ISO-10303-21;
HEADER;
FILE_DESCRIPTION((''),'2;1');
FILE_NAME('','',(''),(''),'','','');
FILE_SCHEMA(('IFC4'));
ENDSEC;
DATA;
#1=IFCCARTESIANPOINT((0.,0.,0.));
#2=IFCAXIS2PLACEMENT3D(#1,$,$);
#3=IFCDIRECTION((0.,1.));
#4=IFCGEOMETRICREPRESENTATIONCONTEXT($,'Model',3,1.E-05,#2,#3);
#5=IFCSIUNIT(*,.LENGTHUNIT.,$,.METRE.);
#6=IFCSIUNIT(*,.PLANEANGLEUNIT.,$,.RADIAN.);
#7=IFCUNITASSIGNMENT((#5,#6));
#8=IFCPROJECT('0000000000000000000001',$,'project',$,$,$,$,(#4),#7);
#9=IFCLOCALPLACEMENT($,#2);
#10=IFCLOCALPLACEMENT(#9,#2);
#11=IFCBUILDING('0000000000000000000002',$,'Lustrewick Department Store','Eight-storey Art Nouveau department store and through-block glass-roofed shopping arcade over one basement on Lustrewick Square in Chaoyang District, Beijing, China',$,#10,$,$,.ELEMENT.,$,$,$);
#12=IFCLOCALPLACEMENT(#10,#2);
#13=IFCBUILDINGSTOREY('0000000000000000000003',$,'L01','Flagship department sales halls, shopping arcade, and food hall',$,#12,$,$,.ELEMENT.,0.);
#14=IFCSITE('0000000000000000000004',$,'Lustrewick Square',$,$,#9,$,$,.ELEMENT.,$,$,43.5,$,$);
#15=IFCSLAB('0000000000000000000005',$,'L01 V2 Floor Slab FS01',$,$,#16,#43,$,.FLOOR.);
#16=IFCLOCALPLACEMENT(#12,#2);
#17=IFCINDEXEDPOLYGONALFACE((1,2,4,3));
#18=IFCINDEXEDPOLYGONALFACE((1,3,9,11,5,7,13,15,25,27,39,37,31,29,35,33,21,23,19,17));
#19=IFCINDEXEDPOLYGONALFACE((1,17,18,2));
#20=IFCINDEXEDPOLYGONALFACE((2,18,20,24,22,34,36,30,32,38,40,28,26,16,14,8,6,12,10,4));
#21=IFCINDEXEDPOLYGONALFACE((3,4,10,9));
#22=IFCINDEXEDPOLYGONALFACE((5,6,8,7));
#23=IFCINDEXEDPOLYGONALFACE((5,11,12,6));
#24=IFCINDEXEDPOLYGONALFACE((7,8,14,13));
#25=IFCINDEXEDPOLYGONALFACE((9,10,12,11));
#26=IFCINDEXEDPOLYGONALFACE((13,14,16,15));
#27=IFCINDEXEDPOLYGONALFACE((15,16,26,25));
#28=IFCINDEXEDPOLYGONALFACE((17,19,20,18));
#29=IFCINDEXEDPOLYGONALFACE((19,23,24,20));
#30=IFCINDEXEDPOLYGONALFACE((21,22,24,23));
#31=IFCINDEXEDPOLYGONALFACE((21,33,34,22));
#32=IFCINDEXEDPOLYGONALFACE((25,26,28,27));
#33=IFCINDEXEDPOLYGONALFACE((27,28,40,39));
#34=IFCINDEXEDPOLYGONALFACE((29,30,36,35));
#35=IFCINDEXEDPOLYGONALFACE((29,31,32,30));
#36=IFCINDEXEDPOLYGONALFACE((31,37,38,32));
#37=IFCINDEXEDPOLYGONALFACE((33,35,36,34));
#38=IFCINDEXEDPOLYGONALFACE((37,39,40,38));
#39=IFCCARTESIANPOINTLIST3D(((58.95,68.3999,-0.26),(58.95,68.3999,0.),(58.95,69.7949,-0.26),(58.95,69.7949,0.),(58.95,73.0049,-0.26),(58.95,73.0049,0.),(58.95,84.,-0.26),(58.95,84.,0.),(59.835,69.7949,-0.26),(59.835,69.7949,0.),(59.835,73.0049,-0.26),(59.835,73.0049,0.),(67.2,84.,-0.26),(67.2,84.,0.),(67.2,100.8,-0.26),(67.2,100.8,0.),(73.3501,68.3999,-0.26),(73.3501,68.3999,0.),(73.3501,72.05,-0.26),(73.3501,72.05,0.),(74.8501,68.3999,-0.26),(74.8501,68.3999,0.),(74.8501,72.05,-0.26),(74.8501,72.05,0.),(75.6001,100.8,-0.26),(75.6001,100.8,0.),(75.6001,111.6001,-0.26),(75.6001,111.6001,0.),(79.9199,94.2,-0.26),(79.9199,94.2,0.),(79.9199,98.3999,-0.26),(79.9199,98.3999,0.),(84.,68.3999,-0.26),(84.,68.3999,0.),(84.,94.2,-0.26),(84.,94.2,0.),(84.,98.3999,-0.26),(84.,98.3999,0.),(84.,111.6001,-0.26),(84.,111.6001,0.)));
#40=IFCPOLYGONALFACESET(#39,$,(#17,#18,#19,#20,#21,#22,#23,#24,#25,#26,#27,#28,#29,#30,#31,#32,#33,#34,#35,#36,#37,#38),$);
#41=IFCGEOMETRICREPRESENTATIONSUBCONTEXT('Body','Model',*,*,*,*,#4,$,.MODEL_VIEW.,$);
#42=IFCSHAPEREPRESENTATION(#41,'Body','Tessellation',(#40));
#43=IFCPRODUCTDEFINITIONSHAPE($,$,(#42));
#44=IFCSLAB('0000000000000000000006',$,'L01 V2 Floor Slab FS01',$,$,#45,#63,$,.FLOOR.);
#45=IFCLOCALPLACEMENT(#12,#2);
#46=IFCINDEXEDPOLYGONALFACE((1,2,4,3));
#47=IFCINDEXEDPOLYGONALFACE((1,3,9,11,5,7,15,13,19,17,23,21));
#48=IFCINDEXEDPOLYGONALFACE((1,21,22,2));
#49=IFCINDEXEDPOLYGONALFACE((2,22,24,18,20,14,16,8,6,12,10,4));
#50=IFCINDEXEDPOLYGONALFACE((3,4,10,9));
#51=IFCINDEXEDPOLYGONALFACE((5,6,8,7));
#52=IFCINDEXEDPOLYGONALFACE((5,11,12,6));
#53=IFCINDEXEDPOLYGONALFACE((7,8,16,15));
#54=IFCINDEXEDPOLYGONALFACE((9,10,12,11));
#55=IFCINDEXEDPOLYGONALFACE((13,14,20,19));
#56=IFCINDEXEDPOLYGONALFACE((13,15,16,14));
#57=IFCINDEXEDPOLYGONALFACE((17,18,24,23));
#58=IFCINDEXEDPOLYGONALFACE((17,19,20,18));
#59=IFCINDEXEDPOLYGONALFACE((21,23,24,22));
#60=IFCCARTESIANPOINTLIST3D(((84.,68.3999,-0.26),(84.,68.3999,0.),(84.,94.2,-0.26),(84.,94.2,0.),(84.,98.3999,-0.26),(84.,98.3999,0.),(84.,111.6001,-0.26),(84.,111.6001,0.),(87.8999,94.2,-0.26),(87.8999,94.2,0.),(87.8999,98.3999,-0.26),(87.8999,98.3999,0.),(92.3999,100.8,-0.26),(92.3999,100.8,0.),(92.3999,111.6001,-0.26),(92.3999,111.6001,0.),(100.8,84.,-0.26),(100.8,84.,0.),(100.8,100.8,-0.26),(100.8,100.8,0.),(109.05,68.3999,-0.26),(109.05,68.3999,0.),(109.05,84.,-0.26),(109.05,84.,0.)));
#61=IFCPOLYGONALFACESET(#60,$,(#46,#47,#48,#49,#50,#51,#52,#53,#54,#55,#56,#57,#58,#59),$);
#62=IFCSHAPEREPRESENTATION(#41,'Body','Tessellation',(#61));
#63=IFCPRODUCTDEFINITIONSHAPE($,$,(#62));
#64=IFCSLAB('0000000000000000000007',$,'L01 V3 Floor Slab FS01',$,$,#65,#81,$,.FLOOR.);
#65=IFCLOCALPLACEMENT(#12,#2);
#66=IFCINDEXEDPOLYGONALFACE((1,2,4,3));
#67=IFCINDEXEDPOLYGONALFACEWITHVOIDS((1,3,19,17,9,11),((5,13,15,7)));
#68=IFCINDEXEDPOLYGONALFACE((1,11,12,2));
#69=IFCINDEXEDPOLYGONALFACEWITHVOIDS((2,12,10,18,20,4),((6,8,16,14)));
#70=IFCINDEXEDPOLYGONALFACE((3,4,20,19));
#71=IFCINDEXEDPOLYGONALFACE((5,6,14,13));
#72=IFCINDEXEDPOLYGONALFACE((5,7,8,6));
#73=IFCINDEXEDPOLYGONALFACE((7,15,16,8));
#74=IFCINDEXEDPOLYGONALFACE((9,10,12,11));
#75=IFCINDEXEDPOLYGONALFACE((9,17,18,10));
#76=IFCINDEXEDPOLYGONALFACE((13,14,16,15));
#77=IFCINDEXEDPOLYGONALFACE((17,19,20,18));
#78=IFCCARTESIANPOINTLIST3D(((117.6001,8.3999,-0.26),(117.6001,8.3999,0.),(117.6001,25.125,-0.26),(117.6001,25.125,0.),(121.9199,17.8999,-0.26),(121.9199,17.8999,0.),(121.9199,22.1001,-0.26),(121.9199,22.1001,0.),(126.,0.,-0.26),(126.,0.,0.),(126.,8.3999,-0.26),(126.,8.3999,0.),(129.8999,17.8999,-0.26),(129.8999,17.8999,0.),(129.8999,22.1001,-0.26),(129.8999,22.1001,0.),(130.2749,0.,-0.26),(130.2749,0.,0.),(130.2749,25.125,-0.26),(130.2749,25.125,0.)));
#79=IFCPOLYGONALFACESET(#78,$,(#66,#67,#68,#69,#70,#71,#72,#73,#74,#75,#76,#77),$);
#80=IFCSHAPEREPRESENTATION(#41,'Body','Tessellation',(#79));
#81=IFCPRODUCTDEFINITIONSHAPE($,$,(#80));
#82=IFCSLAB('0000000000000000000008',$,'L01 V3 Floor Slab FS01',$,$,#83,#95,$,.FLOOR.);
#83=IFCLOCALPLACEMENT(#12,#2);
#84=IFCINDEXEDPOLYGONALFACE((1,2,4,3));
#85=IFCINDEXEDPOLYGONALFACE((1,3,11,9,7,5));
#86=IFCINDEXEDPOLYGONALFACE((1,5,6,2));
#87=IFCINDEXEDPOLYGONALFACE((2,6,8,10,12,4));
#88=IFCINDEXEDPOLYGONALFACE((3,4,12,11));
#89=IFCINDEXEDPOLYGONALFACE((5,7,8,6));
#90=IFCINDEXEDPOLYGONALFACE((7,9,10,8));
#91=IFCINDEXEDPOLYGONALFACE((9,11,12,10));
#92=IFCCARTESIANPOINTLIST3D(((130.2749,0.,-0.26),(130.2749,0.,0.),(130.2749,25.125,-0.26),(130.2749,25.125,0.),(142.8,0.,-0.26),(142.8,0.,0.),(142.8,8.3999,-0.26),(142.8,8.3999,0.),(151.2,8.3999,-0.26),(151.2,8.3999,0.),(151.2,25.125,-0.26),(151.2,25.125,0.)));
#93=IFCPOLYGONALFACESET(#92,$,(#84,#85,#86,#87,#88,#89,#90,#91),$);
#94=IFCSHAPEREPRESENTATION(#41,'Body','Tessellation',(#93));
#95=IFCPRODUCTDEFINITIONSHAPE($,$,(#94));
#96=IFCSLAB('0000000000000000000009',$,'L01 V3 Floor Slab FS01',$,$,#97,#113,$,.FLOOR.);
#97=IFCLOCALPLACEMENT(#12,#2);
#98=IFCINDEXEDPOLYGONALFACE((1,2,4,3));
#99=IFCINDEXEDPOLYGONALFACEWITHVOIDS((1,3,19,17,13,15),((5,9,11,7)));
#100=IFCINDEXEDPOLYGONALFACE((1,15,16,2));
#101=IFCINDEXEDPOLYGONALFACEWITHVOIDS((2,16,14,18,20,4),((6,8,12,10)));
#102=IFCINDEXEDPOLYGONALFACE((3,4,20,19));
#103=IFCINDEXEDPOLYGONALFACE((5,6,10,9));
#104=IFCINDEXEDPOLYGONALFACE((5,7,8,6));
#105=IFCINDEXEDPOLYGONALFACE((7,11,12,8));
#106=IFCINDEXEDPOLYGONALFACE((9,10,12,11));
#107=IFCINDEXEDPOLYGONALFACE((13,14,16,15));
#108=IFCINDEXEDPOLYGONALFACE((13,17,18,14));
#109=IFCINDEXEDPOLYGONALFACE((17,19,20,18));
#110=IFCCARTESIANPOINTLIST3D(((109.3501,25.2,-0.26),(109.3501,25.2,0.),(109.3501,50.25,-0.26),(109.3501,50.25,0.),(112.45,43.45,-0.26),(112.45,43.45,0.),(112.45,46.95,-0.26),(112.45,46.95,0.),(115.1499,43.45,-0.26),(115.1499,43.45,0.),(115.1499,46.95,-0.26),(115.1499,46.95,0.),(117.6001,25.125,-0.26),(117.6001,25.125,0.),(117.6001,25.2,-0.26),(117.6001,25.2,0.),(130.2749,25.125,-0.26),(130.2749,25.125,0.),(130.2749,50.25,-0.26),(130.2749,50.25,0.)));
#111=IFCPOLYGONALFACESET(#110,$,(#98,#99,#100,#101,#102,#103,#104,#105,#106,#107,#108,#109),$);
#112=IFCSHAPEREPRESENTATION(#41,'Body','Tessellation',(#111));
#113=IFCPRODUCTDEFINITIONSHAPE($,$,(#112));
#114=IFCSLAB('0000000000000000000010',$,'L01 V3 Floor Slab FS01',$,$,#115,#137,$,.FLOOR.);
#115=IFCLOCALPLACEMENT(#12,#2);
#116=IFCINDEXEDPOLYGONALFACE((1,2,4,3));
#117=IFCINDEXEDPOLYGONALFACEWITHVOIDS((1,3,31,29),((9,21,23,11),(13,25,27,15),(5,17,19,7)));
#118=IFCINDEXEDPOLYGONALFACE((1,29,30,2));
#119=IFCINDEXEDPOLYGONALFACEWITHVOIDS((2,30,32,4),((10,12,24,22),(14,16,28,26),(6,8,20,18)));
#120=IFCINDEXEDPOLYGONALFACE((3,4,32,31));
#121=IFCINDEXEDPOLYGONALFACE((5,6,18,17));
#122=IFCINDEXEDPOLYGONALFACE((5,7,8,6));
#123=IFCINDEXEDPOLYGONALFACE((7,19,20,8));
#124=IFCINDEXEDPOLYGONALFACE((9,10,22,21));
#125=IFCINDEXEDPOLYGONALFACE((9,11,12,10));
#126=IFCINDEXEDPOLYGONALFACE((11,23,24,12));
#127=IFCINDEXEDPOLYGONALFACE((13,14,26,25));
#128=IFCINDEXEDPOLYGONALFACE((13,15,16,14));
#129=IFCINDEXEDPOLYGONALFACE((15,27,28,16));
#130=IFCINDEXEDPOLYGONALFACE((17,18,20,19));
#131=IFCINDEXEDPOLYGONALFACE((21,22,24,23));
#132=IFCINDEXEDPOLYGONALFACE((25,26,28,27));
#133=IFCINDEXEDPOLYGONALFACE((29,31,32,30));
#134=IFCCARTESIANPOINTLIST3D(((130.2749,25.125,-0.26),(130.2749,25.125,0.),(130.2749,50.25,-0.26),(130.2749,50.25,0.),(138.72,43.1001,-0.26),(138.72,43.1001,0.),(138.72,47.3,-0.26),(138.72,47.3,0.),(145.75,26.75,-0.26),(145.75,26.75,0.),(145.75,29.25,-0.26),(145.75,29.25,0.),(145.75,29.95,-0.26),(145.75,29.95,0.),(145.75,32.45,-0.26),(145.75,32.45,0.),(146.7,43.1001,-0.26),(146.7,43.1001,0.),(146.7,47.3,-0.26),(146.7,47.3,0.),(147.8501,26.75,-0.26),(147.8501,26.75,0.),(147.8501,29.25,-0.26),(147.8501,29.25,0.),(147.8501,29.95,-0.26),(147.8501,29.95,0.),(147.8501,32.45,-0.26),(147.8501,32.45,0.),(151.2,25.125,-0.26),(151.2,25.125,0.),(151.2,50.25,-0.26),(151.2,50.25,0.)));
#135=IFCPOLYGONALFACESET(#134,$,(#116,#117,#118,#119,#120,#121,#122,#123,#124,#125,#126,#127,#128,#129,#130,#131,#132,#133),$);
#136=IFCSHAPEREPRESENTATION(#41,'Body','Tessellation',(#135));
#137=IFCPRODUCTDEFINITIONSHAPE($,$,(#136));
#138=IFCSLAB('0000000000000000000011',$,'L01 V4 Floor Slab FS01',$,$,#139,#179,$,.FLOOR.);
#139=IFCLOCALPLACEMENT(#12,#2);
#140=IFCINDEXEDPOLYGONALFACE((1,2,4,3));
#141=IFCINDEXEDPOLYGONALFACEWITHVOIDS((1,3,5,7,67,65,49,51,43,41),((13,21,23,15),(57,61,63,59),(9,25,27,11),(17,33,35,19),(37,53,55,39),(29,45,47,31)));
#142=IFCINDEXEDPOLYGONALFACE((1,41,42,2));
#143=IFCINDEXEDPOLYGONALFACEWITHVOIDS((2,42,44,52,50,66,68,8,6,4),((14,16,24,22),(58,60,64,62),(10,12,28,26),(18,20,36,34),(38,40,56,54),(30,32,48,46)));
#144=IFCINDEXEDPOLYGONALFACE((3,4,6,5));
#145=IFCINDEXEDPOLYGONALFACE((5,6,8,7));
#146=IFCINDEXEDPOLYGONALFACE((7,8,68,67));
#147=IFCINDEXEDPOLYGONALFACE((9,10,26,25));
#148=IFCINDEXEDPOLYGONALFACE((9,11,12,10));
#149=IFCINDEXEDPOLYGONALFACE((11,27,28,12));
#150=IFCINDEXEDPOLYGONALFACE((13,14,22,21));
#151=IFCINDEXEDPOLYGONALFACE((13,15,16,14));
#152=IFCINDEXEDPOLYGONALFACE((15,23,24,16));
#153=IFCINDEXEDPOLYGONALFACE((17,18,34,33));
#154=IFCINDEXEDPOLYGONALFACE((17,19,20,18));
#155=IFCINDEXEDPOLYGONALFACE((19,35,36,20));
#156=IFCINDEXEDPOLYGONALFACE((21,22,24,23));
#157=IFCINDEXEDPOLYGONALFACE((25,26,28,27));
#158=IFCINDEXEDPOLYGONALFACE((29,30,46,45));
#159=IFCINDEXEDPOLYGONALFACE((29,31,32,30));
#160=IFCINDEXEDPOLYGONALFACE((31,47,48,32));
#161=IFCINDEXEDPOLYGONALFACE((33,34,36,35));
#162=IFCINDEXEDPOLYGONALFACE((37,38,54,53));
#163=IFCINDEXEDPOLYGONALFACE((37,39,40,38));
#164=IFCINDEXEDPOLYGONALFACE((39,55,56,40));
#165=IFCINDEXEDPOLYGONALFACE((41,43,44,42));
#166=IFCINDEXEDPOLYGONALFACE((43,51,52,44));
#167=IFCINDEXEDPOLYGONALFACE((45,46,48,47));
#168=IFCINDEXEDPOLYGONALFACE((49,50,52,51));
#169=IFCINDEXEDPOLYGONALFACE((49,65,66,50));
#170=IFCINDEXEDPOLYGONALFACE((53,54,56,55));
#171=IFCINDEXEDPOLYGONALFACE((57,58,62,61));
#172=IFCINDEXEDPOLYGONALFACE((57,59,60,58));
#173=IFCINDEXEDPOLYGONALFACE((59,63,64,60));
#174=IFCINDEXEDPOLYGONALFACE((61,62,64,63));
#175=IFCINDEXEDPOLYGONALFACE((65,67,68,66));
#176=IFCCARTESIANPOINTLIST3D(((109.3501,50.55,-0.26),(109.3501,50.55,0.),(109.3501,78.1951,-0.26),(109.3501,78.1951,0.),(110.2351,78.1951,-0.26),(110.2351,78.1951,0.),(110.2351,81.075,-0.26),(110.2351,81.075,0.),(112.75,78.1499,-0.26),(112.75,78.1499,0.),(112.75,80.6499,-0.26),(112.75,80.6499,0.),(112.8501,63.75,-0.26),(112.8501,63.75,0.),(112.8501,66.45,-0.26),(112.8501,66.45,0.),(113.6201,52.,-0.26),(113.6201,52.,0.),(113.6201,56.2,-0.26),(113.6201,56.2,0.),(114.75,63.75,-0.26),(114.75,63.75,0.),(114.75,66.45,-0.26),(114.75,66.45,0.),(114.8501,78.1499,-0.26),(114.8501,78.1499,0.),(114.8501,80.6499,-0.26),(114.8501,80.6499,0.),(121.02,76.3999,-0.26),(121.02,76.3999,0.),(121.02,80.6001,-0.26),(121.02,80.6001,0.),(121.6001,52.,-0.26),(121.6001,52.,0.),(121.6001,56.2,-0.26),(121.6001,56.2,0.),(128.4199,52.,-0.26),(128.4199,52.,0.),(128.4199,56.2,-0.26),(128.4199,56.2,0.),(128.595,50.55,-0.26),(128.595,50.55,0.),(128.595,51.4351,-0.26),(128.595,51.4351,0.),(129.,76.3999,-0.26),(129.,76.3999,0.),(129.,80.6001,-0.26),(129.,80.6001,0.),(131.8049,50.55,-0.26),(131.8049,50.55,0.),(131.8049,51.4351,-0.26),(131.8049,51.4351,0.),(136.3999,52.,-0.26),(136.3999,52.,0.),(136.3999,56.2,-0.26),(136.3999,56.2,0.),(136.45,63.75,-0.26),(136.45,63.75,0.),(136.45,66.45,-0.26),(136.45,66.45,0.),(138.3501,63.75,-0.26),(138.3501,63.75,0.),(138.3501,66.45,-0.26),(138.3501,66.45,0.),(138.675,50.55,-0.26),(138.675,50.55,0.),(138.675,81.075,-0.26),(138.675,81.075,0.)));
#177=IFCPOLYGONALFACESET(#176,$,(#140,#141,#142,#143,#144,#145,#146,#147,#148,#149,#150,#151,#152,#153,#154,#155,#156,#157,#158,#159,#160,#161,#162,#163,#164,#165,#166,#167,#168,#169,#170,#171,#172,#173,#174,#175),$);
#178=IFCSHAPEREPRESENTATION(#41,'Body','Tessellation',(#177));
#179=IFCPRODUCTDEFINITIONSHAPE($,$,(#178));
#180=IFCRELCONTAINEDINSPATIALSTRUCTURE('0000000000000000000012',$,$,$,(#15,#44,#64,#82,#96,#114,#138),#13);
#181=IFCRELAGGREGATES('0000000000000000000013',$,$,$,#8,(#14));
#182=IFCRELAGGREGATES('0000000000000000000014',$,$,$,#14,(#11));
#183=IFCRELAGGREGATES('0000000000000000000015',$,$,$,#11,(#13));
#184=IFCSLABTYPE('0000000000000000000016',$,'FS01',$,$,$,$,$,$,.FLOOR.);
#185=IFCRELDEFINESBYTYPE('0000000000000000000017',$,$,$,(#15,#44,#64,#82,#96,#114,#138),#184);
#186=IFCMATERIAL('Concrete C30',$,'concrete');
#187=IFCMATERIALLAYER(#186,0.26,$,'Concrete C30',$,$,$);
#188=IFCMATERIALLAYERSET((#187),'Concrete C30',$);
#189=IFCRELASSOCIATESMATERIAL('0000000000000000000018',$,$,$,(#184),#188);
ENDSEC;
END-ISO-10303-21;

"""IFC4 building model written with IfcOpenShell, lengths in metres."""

from ifc_helpers import new_model, si_unit, direction, frame, origin, place, context, subcontext, project, spatial, polyline, outline, extrude, material, layer, layer_set, type_object, element, save


model = new_model("IFC4")

# Units and contexts
model_context = context("Model", 3, precision=1e-05, world=origin(), true_north=direction((0.0, 1.0)))
body_context = subcontext(model_context, "Body", "Model", "MODEL_VIEW")
ifc_project = project(units=[si_unit("LENGTHUNIT", "METRE"), si_unit("PLANEANGLEUNIT", "RADIAN")], contexts=[model_context])

# Site, building, storey
site_placement = place(None, origin())
site = spatial("IfcSite", under=ifc_project, at=site_placement, Name="Lustrewick Square", CompositionType="ELEMENT", RefElevation=43.5)
building_placement = place(site_placement, origin())
building = spatial("IfcBuilding", under=site, at=building_placement, Name="Lustrewick Department Store", Description="Eight-storey Art Nouveau department store and through-block glass-roofed shopping arcade over one basement on Lustrewick Square in Chaoyang District, Beijing, China", CompositionType="ELEMENT")
storey_placement = place(building_placement, origin())
storey = spatial("IfcBuildingStorey", under=building, at=storey_placement, Name="L01", Description="Flagship department sales halls, shopping arcade, and food hall", CompositionType="ELEMENT", Elevation=0.0)

# Slabs
ifc_material_1 = material(Name="Concrete C30", Category="concrete")
ifc_layer_1 = layer(ifc_material_1, 0.26, Name="Concrete C30")
ifc_layer_set_1 = layer_set([ifc_layer_1], Name="Concrete C30")
slab_type_1 = type_object("IfcSlabType", Name="FS01", PredefinedType="FLOOR", material=ifc_layer_set_1)
slab_1_placement = place(storey_placement, frame((0.0, 0.0, -0.26)))
element("IfcSlab", 1, at=slab_1_placement, inside=storey, type_object=slab_type_1, Name="L01 V2 Floor Slab FS01", PredefinedType="FLOOR", context=body_context, shape_type="SweptSolid", body=[
    extrude(outline(polyline([(58.95, 84.0), (58.95, 73.0049), (59.835, 73.0049), (59.835, 69.7949), (58.95, 69.7949), (58.95, 68.3999), (73.3501, 68.3999), (73.3501, 72.05), (74.8501, 72.05), (74.8501, 68.3999), (84.0, 68.3999), (84.0, 94.2), (79.9199, 94.2), (79.9199, 98.3999), (84.0, 98.3999), (84.0, 111.6001), (75.6001, 111.6001), (75.6001, 100.8), (67.2, 100.8), (67.2, 84.0), (58.95, 84.0)])), origin(), (0.0, 0.0, 1.0), 0.26),
])
slab_2_placement = place(storey_placement, frame((0.0, 0.0, -0.26)))
element("IfcSlab", 2, at=slab_2_placement, inside=storey, type_object=slab_type_1, Name="L01 V2 Floor Slab FS01", PredefinedType="FLOOR", context=body_context, shape_type="SweptSolid", body=[
    extrude(outline(polyline([(92.3999, 111.6001), (84.0, 111.6001), (84.0, 98.3999), (87.8999, 98.3999), (87.8999, 94.2), (84.0, 94.2), (84.0, 68.3999), (109.05, 68.3999), (109.05, 84.0), (100.8, 84.0), (100.8, 100.8), (92.3999, 100.8), (92.3999, 111.6001)])), origin(), (0.0, 0.0, 1.0), 0.26),
])
slab_3_placement = place(storey_placement, frame((0.0, 0.0, -0.26)))
element("IfcSlab", 3, at=slab_3_placement, inside=storey, type_object=slab_type_1, Name="L01 V3 Floor Slab FS01", PredefinedType="FLOOR", context=body_context, shape_type="SweptSolid", body=[
    extrude(outline(polyline([(126.0, 0.0), (130.2749, 0.0), (130.2749, 25.125), (117.6001, 25.125), (117.6001, 8.3999), (126.0, 8.3999), (126.0, 0.0)]), holes=[polyline([(129.8999, 17.8999), (121.9199, 17.8999), (121.9199, 22.1001), (129.8999, 22.1001), (129.8999, 17.8999)])]), origin(), (0.0, 0.0, 1.0), 0.26),
])
slab_4_placement = place(storey_placement, frame((0.0, 0.0, -0.26)))
element("IfcSlab", 4, at=slab_4_placement, inside=storey, type_object=slab_type_1, Name="L01 V3 Floor Slab FS01", PredefinedType="FLOOR", context=body_context, shape_type="SweptSolid", body=[
    extrude(outline(polyline([(130.2749, 0.0), (142.8, 0.0), (142.8, 8.3999), (151.2, 8.3999), (151.2, 25.125), (130.2749, 25.125), (130.2749, 0.0)])), origin(), (0.0, 0.0, 1.0), 0.26),
])
slab_5_placement = place(storey_placement, frame((0.0, 0.0, -0.26)))
element("IfcSlab", 5, at=slab_5_placement, inside=storey, type_object=slab_type_1, Name="L01 V3 Floor Slab FS01", PredefinedType="FLOOR", context=body_context, shape_type="SweptSolid", body=[
    extrude(outline(polyline([(117.6001, 25.2), (117.6001, 25.125), (130.2749, 25.125), (130.2749, 50.25), (109.3501, 50.25), (109.3501, 25.2), (117.6001, 25.2)]), holes=[polyline([(112.45, 43.45), (112.45, 46.95), (115.1499, 46.95), (115.1499, 43.45), (112.45, 43.45)])]), origin(), (0.0, 0.0, 1.0), 0.26),
])
slab_6_placement = place(storey_placement, frame((0.0, 0.0, -0.26)))
element("IfcSlab", 6, at=slab_6_placement, inside=storey, type_object=slab_type_1, Name="L01 V3 Floor Slab FS01", PredefinedType="FLOOR", context=body_context, shape_type="SweptSolid", body=[
    extrude(outline(polyline([(151.2, 50.25), (130.2749, 50.25), (130.2749, 25.125), (151.2, 25.125), (151.2, 50.25)]), holes=[polyline([(145.75, 26.75), (145.75, 29.25), (147.8501, 29.25), (147.8501, 26.75), (145.75, 26.75)]), polyline([(145.75, 29.95), (145.75, 32.45), (147.8501, 32.45), (147.8501, 29.95), (145.75, 29.95)]), polyline([(138.72, 43.1001), (138.72, 47.3), (146.7, 47.3), (146.7, 43.1001), (138.72, 43.1001)])]), origin(), (0.0, 0.0, 1.0), 0.26),
])
slab_7_placement = place(storey_placement, frame((0.0, 0.0, -0.26)))
element("IfcSlab", 7, at=slab_7_placement, inside=storey, type_object=slab_type_1, Name="L01 V4 Floor Slab FS01", PredefinedType="FLOOR", context=body_context, shape_type="SweptSolid", body=[
    extrude(outline(polyline([(109.3501, 50.55), (128.595, 50.55), (128.595, 51.4351), (131.8049, 51.4351), (131.8049, 50.55), (138.675, 50.55), (138.675, 81.075), (110.2351, 81.075), (110.2351, 78.1951), (109.3501, 78.1951), (109.3501, 50.55)]), holes=[polyline([(136.45, 63.75), (136.45, 66.45), (138.3501, 66.45), (138.3501, 63.75), (136.45, 63.75)]), polyline([(128.4199, 52.0), (128.4199, 56.2), (136.3999, 56.2), (136.3999, 52.0), (128.4199, 52.0)]), polyline([(121.02, 76.3999), (121.02, 80.6001), (129.0, 80.6001), (129.0, 76.3999), (121.02, 76.3999)]), polyline([(113.6201, 52.0), (113.6201, 56.2), (121.6001, 56.2), (121.6001, 52.0), (113.6201, 52.0)]), polyline([(112.75, 78.1499), (112.75, 80.6499), (114.8501, 80.6499), (114.8501, 78.1499), (112.75, 78.1499)]), polyline([(112.8501, 63.75), (112.8501, 66.45), (114.75, 66.45), (114.75, 63.75), (112.8501, 63.75)])]), origin(), (0.0, 0.0, 1.0), 0.26),
])

save(model, "model.ifc")
